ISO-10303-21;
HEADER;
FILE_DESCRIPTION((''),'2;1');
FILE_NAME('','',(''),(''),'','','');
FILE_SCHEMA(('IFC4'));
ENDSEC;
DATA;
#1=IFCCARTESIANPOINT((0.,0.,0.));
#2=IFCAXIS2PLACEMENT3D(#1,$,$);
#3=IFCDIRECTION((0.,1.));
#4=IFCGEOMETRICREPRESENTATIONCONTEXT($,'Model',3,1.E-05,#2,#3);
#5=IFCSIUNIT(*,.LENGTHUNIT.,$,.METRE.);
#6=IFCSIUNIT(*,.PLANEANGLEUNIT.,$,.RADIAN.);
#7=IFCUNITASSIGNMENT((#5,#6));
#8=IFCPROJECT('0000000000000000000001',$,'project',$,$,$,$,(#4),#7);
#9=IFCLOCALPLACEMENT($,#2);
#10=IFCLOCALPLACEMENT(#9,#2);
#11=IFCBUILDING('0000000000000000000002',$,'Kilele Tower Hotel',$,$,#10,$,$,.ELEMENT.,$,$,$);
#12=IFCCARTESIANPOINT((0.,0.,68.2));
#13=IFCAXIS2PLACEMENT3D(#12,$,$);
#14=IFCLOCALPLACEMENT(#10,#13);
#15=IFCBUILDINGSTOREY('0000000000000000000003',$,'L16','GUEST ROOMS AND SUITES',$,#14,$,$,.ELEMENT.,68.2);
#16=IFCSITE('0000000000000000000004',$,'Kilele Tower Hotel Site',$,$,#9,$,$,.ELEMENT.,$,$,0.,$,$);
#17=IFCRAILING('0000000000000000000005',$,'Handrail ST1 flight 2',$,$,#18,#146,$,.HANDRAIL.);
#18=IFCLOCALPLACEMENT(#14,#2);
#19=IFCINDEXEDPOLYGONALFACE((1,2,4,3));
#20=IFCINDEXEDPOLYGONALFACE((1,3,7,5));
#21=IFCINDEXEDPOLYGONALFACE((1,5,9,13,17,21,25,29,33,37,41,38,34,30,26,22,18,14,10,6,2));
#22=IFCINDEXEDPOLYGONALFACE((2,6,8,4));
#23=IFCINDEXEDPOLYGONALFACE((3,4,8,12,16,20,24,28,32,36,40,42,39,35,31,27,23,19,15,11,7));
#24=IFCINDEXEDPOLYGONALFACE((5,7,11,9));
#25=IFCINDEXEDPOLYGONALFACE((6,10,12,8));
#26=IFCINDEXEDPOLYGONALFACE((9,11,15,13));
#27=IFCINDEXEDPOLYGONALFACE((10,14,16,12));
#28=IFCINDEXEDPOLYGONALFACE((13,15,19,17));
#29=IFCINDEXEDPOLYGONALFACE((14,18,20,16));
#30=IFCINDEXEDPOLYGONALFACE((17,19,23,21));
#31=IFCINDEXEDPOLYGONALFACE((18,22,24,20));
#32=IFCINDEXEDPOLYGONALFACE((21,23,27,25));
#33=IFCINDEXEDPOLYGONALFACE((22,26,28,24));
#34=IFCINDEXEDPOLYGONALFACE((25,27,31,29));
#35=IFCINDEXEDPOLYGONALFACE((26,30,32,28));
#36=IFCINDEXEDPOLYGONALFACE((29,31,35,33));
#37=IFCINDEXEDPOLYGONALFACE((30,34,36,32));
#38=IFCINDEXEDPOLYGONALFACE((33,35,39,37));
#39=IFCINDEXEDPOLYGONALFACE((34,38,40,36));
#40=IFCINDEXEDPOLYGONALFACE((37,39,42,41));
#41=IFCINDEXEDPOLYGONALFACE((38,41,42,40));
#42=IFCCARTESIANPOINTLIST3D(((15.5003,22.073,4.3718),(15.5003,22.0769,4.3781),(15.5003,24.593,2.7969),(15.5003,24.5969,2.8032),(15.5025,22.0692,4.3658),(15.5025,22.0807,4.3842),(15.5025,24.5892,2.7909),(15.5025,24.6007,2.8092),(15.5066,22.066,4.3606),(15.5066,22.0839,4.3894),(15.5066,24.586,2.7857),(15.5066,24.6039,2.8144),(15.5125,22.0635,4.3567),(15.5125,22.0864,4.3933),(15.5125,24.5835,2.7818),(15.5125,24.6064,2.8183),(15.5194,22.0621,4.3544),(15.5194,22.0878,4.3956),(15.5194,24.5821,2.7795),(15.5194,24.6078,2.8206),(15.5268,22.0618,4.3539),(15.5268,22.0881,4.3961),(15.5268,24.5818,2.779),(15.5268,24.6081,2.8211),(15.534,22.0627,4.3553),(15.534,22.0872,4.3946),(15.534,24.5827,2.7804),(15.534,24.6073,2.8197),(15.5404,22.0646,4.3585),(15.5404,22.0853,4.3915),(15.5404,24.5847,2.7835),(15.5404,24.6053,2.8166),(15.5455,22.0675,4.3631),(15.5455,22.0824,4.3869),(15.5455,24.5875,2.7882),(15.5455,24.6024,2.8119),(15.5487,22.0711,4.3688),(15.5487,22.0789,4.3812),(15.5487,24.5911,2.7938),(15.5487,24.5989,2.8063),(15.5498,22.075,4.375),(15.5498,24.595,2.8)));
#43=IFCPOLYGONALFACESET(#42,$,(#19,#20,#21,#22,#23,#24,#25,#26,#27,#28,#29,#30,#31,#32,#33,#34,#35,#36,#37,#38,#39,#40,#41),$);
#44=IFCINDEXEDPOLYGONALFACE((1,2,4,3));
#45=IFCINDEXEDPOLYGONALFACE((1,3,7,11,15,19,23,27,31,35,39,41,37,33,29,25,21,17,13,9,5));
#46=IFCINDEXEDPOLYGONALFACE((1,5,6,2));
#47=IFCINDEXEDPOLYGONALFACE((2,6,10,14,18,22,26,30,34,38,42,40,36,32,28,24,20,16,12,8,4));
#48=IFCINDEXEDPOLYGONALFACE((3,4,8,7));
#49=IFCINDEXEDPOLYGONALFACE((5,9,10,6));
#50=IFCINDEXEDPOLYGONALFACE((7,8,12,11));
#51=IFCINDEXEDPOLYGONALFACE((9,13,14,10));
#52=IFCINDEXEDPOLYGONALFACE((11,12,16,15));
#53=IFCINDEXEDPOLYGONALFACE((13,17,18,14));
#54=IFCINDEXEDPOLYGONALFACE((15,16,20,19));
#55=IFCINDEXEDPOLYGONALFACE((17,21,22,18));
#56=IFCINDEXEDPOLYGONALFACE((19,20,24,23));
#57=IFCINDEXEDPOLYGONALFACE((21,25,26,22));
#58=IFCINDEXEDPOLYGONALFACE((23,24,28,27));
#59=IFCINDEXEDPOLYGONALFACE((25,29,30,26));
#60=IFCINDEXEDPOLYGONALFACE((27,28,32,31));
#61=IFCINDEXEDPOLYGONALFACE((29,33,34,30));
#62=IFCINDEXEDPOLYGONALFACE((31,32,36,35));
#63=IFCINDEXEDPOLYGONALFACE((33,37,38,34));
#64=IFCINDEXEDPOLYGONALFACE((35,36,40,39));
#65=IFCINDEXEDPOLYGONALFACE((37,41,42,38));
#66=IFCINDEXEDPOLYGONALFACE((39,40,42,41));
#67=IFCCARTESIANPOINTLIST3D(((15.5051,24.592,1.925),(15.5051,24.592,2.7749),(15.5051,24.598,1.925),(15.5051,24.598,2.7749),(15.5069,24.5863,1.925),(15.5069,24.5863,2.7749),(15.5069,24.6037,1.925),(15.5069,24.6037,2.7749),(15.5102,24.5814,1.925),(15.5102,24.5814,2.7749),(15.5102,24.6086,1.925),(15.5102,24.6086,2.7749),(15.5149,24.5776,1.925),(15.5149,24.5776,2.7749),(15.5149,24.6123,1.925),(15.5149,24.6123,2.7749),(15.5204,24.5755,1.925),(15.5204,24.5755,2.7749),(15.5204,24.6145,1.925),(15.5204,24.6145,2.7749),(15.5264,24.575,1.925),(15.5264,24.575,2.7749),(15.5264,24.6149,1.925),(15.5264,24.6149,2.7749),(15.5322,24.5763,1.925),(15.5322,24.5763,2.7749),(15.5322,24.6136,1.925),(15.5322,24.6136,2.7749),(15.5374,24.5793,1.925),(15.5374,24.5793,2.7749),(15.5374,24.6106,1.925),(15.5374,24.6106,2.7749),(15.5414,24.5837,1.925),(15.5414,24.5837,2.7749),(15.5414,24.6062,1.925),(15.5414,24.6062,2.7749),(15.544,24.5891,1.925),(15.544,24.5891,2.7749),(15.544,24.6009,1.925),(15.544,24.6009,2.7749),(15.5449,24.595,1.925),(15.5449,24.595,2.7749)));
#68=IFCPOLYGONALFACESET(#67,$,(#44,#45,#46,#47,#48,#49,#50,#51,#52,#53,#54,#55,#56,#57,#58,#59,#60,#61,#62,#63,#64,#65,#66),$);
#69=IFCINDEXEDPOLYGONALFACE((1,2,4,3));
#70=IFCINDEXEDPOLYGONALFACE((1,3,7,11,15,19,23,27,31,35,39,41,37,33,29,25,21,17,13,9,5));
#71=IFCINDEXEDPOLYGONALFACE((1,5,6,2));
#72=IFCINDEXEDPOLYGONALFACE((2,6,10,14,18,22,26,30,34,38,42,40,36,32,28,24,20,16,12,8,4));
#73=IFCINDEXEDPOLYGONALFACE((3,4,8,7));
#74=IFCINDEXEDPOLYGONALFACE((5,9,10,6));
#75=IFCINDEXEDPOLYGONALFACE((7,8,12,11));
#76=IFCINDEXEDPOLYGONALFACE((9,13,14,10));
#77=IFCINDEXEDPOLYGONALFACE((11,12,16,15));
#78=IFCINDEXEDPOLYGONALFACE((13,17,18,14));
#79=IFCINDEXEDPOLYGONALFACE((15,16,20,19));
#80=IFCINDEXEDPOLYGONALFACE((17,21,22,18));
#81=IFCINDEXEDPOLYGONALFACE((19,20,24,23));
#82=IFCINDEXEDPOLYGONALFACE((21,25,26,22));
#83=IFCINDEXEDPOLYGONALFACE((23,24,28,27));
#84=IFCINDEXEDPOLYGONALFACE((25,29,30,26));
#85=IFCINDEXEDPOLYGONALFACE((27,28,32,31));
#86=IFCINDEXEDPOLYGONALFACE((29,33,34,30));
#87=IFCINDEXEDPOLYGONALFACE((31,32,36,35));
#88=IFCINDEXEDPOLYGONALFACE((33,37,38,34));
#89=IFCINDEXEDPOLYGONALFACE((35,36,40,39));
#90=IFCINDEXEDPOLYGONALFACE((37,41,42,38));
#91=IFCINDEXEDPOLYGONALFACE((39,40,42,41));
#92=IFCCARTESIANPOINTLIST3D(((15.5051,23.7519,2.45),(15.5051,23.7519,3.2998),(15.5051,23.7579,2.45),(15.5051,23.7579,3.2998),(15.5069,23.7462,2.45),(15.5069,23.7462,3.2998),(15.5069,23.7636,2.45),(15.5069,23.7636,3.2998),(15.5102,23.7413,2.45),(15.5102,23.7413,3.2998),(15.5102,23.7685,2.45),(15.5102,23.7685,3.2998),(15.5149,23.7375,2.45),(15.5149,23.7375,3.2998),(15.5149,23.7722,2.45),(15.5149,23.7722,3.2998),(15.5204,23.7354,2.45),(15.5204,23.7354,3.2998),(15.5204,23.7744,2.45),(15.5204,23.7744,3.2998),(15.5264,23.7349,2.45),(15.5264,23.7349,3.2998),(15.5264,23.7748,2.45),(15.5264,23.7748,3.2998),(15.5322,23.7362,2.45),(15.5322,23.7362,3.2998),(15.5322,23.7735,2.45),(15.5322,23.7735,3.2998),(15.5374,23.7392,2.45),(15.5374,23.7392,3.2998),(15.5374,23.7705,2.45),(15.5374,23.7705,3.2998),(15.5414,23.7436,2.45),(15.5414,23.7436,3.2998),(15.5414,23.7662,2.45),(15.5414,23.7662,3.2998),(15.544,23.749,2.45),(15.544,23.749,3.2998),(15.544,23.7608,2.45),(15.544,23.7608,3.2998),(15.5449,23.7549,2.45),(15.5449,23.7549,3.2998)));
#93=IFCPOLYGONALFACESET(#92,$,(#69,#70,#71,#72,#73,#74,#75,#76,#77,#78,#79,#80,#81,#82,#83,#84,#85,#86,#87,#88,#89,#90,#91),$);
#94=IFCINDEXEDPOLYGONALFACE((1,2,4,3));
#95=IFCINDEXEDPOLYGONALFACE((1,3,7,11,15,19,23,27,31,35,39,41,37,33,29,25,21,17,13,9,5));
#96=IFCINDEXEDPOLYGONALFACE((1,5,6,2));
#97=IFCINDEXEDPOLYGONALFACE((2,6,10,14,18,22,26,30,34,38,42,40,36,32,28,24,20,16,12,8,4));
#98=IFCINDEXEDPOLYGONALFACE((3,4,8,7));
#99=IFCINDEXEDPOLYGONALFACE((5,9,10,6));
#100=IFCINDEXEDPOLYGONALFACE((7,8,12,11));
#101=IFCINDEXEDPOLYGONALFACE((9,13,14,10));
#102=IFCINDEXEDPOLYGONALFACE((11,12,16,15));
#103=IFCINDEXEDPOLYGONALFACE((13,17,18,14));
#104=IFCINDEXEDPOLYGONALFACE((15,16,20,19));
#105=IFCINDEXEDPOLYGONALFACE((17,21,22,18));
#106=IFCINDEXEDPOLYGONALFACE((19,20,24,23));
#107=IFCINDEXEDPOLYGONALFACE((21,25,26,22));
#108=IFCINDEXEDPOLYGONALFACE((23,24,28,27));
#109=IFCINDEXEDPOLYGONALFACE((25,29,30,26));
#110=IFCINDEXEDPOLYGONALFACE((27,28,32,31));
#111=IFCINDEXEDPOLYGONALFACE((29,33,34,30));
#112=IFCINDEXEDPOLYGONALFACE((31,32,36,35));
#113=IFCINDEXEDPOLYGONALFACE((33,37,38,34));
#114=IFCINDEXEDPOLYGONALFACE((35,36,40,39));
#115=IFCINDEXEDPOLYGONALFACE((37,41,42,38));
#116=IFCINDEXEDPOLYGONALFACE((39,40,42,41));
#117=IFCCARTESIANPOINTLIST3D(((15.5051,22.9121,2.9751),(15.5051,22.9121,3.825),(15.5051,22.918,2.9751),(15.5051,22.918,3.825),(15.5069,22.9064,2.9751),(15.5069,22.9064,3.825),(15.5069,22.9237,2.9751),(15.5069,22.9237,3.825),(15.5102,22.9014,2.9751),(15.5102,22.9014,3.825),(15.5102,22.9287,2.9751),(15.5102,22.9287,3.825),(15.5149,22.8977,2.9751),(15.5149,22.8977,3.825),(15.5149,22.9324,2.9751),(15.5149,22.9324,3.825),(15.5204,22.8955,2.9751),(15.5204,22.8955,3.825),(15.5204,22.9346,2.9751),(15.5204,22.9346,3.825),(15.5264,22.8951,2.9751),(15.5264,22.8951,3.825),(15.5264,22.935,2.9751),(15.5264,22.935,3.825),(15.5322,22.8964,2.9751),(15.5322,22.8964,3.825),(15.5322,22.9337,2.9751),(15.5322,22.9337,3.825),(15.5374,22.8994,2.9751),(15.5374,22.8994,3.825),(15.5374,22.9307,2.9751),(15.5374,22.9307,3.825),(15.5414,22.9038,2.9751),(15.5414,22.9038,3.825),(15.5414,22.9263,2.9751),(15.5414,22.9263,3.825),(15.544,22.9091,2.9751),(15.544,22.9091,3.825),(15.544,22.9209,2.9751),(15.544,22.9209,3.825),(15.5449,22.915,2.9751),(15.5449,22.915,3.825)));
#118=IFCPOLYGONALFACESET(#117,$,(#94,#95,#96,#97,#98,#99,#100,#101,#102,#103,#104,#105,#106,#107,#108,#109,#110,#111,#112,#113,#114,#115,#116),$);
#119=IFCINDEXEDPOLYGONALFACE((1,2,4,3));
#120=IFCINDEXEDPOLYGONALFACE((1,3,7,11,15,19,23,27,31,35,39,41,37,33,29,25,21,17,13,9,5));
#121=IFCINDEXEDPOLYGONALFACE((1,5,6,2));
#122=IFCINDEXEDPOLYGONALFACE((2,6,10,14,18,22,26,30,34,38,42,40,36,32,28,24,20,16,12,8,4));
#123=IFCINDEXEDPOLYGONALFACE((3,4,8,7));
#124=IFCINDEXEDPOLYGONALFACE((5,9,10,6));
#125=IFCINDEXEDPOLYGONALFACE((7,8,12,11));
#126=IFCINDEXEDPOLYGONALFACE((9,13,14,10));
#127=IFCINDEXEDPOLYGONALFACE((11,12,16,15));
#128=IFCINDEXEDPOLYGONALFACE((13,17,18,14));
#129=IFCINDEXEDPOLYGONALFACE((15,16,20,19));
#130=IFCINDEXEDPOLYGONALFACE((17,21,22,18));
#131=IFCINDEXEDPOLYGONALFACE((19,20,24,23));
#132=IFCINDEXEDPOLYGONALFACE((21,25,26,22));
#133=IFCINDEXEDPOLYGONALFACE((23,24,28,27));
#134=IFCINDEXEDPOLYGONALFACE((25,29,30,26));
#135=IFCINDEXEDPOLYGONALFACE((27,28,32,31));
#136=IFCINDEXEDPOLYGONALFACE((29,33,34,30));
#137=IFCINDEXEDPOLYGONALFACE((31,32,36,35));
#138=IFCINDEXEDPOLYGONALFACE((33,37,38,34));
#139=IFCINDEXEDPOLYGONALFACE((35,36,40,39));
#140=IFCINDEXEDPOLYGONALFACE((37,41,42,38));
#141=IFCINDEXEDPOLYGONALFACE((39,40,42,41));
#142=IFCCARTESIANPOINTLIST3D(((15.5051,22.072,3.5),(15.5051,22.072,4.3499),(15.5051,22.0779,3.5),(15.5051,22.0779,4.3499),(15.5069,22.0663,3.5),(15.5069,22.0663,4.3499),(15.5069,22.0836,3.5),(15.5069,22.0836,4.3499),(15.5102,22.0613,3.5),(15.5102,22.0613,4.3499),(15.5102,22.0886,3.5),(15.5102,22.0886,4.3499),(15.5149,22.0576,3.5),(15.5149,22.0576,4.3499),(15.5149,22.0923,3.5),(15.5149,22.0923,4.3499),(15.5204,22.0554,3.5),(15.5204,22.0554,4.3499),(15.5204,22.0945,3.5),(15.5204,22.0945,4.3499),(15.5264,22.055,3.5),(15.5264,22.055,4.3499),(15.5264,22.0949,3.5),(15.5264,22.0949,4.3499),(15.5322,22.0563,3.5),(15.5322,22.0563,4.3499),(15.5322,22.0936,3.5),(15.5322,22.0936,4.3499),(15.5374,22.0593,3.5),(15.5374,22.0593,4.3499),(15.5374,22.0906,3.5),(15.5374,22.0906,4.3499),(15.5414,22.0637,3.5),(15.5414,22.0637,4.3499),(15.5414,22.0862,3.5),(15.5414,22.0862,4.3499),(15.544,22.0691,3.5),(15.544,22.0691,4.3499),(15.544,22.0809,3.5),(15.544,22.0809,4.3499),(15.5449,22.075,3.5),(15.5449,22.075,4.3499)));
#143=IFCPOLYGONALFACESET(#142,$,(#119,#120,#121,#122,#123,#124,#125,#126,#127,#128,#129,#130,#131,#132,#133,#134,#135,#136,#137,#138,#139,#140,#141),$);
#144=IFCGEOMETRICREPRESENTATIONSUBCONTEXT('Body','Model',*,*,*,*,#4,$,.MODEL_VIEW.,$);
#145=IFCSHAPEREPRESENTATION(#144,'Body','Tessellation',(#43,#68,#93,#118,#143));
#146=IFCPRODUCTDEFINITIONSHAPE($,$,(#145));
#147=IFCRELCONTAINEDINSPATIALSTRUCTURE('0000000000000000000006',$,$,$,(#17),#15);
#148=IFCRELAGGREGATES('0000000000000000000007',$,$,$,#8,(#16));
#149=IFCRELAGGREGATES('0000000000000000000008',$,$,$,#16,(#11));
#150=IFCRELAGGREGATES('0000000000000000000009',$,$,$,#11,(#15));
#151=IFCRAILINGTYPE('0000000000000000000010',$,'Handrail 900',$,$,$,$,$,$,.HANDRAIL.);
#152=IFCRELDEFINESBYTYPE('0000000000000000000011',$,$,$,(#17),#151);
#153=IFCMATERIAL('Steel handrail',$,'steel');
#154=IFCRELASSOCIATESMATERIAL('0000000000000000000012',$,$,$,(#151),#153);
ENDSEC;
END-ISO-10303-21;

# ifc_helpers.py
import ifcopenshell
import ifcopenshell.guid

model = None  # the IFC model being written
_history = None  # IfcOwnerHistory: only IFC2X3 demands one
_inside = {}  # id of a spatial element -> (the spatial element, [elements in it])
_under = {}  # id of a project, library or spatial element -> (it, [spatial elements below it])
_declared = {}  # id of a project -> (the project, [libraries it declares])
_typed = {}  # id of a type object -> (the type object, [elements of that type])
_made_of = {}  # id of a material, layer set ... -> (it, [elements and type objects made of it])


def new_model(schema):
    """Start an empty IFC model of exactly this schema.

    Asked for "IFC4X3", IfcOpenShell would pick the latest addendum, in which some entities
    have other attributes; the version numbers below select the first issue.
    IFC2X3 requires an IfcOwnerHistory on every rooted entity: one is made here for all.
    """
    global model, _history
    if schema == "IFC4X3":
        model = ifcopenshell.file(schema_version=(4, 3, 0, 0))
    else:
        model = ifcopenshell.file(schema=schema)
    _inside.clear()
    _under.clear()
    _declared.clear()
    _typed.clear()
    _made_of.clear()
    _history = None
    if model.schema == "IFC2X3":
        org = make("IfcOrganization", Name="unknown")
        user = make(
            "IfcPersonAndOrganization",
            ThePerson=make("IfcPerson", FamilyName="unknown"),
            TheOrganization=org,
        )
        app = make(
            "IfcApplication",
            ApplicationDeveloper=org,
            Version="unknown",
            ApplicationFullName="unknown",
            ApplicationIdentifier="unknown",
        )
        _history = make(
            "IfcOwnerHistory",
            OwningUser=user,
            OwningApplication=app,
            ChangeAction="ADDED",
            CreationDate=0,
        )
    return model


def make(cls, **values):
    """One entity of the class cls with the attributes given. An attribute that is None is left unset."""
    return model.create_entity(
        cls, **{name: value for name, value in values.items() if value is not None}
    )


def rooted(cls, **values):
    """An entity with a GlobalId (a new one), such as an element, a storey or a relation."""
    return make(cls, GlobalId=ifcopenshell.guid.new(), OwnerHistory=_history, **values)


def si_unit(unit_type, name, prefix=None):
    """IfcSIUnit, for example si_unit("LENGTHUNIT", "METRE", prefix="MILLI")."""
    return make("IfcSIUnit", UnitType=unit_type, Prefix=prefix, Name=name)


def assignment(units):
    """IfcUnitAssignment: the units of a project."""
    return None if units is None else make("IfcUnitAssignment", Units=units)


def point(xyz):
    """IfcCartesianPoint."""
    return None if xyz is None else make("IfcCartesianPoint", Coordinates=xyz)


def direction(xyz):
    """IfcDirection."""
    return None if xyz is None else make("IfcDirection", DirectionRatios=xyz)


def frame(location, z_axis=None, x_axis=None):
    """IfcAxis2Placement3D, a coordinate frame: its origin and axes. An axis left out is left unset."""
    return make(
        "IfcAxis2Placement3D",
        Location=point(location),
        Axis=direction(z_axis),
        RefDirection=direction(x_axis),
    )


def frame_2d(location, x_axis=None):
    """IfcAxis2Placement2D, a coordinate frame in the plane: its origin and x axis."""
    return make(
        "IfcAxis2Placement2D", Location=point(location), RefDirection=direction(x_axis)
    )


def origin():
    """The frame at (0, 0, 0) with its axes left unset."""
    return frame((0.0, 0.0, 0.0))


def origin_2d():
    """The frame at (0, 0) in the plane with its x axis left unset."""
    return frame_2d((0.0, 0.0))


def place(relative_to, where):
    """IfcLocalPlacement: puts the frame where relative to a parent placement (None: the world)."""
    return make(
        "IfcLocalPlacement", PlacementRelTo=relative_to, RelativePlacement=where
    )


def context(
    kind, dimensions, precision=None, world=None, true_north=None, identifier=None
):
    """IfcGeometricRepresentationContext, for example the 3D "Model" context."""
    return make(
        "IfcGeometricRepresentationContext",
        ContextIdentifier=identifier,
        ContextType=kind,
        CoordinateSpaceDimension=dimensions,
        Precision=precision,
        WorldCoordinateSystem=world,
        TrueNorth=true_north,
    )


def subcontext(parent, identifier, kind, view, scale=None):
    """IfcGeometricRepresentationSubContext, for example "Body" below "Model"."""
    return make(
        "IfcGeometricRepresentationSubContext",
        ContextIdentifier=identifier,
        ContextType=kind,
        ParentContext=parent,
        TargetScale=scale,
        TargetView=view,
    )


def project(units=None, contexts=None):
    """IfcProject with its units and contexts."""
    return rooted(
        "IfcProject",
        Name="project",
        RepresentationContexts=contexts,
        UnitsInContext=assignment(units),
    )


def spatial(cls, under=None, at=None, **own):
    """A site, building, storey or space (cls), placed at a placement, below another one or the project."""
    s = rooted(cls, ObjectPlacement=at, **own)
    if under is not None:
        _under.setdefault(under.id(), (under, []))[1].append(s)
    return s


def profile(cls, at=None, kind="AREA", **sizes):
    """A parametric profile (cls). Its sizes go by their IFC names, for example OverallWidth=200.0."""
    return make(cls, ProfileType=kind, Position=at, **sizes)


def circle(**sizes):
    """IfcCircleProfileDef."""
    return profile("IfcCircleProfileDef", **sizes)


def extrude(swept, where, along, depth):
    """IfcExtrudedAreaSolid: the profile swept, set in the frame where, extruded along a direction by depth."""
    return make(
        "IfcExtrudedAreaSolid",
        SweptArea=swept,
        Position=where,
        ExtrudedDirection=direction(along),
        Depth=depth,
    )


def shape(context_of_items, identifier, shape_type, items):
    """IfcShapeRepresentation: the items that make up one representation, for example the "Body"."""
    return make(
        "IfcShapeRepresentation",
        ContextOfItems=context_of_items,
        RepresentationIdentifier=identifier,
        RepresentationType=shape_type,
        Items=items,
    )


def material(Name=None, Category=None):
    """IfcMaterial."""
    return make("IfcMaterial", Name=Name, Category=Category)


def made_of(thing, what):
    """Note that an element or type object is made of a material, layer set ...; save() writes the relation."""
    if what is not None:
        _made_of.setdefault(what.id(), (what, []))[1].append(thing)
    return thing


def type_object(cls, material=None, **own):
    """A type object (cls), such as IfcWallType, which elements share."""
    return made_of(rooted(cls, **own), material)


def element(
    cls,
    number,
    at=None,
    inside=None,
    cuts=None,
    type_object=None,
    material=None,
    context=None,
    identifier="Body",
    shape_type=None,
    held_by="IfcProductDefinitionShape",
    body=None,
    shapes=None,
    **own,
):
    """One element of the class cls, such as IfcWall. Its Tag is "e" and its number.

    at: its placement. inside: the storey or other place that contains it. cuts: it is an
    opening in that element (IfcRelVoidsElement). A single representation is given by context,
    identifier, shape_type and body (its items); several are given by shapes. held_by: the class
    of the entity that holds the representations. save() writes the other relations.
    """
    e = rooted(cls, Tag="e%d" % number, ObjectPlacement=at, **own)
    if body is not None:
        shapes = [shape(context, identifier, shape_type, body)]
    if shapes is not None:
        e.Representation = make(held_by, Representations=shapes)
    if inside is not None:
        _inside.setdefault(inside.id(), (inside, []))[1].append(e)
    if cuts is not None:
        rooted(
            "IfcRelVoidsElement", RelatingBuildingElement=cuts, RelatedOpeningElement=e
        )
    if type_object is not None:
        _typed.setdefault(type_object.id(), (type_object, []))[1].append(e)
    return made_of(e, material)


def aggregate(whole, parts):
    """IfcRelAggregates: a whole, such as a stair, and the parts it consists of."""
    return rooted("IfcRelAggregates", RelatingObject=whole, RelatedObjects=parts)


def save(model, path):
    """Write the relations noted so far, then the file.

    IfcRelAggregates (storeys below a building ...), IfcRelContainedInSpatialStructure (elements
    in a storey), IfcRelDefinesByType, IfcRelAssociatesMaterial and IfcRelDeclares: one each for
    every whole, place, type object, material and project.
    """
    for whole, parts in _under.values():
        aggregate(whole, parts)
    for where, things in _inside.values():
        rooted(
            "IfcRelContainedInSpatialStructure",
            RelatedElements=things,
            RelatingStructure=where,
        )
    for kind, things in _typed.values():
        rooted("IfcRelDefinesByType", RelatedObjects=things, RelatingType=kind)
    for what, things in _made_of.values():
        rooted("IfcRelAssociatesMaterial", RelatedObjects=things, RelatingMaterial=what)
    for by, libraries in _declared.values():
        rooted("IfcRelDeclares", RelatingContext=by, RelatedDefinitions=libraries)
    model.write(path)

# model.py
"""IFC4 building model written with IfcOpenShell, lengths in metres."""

from ifc_helpers import new_model, si_unit, direction, frame, origin, origin_2d, place, context, subcontext, project, spatial, circle, extrude, material, type_object, element, save


model = new_model("IFC4")

# Units and contexts
model_context = context("Model", 3, precision=1e-05, world=origin(), true_north=direction((0.0, 1.0)))
body_context = subcontext(model_context, "Body", "Model", "MODEL_VIEW")
ifc_project = project(units=[si_unit("LENGTHUNIT", "METRE"), si_unit("PLANEANGLEUNIT", "RADIAN")], contexts=[model_context])

# Site, building, storey
site_placement = place(None, origin())
site = spatial("IfcSite", under=ifc_project, at=site_placement, Name="Kilele Tower Hotel Site", CompositionType="ELEMENT", RefElevation=0.0)
building_placement = place(site_placement, origin())
building = spatial("IfcBuilding", under=site, at=building_placement, Name="Kilele Tower Hotel", CompositionType="ELEMENT")
storey_placement = place(building_placement, frame((0.0, 0.0, 68.2)))
storey = spatial("IfcBuildingStorey", under=building, at=storey_placement, Name="L16", Description="GUEST ROOMS AND SUITES", CompositionType="ELEMENT", Elevation=68.2)

# Railing
ifc_material_1 = material(Name="Steel handrail", Category="steel")
railing_type_1 = type_object("IfcRailingType", Name="Handrail 900", PredefinedType="HANDRAIL", material=ifc_material_1)
for number, where, name in (
    (1, (15.5249, 24.595, 1.925), "Handrail ST1 flight 2"),
):
    element("IfcRailing", number, at=place(storey_placement, frame(where)), inside=storey, type_object=railing_type_1, Name=name, PredefinedType="HANDRAIL", context=body_context, shape_type="SweptSolid", body=[
        extrude(circle(Radius=0.0249, at=origin_2d()), frame((0.0, 0.0, 0.875), z_axis=(0.0, -0.848008, 0.529984), x_axis=(1.0, 0.0, 0.0)), (0.0, 0.0, 1.0), 2.9717),
        extrude(circle(Radius=0.02, at=origin_2d()), origin(), (0.0, 0.0, 1.0), 0.8499),
        extrude(circle(Radius=0.02, at=origin_2d()), frame((0.0, -0.8401, 0.5249)), (0.0, 0.0, 1.0), 0.8499),
        extrude(circle(Radius=0.02, at=origin_2d()), frame((0.0, -1.6799, 1.05)), (0.0, 0.0, 1.0), 0.8499),
        extrude(circle(Radius=0.02, at=origin_2d()), frame((0.0, -2.52, 1.575)), (0.0, 0.0, 1.0), 0.8499),
    ])

save(model, "model.ifc")
